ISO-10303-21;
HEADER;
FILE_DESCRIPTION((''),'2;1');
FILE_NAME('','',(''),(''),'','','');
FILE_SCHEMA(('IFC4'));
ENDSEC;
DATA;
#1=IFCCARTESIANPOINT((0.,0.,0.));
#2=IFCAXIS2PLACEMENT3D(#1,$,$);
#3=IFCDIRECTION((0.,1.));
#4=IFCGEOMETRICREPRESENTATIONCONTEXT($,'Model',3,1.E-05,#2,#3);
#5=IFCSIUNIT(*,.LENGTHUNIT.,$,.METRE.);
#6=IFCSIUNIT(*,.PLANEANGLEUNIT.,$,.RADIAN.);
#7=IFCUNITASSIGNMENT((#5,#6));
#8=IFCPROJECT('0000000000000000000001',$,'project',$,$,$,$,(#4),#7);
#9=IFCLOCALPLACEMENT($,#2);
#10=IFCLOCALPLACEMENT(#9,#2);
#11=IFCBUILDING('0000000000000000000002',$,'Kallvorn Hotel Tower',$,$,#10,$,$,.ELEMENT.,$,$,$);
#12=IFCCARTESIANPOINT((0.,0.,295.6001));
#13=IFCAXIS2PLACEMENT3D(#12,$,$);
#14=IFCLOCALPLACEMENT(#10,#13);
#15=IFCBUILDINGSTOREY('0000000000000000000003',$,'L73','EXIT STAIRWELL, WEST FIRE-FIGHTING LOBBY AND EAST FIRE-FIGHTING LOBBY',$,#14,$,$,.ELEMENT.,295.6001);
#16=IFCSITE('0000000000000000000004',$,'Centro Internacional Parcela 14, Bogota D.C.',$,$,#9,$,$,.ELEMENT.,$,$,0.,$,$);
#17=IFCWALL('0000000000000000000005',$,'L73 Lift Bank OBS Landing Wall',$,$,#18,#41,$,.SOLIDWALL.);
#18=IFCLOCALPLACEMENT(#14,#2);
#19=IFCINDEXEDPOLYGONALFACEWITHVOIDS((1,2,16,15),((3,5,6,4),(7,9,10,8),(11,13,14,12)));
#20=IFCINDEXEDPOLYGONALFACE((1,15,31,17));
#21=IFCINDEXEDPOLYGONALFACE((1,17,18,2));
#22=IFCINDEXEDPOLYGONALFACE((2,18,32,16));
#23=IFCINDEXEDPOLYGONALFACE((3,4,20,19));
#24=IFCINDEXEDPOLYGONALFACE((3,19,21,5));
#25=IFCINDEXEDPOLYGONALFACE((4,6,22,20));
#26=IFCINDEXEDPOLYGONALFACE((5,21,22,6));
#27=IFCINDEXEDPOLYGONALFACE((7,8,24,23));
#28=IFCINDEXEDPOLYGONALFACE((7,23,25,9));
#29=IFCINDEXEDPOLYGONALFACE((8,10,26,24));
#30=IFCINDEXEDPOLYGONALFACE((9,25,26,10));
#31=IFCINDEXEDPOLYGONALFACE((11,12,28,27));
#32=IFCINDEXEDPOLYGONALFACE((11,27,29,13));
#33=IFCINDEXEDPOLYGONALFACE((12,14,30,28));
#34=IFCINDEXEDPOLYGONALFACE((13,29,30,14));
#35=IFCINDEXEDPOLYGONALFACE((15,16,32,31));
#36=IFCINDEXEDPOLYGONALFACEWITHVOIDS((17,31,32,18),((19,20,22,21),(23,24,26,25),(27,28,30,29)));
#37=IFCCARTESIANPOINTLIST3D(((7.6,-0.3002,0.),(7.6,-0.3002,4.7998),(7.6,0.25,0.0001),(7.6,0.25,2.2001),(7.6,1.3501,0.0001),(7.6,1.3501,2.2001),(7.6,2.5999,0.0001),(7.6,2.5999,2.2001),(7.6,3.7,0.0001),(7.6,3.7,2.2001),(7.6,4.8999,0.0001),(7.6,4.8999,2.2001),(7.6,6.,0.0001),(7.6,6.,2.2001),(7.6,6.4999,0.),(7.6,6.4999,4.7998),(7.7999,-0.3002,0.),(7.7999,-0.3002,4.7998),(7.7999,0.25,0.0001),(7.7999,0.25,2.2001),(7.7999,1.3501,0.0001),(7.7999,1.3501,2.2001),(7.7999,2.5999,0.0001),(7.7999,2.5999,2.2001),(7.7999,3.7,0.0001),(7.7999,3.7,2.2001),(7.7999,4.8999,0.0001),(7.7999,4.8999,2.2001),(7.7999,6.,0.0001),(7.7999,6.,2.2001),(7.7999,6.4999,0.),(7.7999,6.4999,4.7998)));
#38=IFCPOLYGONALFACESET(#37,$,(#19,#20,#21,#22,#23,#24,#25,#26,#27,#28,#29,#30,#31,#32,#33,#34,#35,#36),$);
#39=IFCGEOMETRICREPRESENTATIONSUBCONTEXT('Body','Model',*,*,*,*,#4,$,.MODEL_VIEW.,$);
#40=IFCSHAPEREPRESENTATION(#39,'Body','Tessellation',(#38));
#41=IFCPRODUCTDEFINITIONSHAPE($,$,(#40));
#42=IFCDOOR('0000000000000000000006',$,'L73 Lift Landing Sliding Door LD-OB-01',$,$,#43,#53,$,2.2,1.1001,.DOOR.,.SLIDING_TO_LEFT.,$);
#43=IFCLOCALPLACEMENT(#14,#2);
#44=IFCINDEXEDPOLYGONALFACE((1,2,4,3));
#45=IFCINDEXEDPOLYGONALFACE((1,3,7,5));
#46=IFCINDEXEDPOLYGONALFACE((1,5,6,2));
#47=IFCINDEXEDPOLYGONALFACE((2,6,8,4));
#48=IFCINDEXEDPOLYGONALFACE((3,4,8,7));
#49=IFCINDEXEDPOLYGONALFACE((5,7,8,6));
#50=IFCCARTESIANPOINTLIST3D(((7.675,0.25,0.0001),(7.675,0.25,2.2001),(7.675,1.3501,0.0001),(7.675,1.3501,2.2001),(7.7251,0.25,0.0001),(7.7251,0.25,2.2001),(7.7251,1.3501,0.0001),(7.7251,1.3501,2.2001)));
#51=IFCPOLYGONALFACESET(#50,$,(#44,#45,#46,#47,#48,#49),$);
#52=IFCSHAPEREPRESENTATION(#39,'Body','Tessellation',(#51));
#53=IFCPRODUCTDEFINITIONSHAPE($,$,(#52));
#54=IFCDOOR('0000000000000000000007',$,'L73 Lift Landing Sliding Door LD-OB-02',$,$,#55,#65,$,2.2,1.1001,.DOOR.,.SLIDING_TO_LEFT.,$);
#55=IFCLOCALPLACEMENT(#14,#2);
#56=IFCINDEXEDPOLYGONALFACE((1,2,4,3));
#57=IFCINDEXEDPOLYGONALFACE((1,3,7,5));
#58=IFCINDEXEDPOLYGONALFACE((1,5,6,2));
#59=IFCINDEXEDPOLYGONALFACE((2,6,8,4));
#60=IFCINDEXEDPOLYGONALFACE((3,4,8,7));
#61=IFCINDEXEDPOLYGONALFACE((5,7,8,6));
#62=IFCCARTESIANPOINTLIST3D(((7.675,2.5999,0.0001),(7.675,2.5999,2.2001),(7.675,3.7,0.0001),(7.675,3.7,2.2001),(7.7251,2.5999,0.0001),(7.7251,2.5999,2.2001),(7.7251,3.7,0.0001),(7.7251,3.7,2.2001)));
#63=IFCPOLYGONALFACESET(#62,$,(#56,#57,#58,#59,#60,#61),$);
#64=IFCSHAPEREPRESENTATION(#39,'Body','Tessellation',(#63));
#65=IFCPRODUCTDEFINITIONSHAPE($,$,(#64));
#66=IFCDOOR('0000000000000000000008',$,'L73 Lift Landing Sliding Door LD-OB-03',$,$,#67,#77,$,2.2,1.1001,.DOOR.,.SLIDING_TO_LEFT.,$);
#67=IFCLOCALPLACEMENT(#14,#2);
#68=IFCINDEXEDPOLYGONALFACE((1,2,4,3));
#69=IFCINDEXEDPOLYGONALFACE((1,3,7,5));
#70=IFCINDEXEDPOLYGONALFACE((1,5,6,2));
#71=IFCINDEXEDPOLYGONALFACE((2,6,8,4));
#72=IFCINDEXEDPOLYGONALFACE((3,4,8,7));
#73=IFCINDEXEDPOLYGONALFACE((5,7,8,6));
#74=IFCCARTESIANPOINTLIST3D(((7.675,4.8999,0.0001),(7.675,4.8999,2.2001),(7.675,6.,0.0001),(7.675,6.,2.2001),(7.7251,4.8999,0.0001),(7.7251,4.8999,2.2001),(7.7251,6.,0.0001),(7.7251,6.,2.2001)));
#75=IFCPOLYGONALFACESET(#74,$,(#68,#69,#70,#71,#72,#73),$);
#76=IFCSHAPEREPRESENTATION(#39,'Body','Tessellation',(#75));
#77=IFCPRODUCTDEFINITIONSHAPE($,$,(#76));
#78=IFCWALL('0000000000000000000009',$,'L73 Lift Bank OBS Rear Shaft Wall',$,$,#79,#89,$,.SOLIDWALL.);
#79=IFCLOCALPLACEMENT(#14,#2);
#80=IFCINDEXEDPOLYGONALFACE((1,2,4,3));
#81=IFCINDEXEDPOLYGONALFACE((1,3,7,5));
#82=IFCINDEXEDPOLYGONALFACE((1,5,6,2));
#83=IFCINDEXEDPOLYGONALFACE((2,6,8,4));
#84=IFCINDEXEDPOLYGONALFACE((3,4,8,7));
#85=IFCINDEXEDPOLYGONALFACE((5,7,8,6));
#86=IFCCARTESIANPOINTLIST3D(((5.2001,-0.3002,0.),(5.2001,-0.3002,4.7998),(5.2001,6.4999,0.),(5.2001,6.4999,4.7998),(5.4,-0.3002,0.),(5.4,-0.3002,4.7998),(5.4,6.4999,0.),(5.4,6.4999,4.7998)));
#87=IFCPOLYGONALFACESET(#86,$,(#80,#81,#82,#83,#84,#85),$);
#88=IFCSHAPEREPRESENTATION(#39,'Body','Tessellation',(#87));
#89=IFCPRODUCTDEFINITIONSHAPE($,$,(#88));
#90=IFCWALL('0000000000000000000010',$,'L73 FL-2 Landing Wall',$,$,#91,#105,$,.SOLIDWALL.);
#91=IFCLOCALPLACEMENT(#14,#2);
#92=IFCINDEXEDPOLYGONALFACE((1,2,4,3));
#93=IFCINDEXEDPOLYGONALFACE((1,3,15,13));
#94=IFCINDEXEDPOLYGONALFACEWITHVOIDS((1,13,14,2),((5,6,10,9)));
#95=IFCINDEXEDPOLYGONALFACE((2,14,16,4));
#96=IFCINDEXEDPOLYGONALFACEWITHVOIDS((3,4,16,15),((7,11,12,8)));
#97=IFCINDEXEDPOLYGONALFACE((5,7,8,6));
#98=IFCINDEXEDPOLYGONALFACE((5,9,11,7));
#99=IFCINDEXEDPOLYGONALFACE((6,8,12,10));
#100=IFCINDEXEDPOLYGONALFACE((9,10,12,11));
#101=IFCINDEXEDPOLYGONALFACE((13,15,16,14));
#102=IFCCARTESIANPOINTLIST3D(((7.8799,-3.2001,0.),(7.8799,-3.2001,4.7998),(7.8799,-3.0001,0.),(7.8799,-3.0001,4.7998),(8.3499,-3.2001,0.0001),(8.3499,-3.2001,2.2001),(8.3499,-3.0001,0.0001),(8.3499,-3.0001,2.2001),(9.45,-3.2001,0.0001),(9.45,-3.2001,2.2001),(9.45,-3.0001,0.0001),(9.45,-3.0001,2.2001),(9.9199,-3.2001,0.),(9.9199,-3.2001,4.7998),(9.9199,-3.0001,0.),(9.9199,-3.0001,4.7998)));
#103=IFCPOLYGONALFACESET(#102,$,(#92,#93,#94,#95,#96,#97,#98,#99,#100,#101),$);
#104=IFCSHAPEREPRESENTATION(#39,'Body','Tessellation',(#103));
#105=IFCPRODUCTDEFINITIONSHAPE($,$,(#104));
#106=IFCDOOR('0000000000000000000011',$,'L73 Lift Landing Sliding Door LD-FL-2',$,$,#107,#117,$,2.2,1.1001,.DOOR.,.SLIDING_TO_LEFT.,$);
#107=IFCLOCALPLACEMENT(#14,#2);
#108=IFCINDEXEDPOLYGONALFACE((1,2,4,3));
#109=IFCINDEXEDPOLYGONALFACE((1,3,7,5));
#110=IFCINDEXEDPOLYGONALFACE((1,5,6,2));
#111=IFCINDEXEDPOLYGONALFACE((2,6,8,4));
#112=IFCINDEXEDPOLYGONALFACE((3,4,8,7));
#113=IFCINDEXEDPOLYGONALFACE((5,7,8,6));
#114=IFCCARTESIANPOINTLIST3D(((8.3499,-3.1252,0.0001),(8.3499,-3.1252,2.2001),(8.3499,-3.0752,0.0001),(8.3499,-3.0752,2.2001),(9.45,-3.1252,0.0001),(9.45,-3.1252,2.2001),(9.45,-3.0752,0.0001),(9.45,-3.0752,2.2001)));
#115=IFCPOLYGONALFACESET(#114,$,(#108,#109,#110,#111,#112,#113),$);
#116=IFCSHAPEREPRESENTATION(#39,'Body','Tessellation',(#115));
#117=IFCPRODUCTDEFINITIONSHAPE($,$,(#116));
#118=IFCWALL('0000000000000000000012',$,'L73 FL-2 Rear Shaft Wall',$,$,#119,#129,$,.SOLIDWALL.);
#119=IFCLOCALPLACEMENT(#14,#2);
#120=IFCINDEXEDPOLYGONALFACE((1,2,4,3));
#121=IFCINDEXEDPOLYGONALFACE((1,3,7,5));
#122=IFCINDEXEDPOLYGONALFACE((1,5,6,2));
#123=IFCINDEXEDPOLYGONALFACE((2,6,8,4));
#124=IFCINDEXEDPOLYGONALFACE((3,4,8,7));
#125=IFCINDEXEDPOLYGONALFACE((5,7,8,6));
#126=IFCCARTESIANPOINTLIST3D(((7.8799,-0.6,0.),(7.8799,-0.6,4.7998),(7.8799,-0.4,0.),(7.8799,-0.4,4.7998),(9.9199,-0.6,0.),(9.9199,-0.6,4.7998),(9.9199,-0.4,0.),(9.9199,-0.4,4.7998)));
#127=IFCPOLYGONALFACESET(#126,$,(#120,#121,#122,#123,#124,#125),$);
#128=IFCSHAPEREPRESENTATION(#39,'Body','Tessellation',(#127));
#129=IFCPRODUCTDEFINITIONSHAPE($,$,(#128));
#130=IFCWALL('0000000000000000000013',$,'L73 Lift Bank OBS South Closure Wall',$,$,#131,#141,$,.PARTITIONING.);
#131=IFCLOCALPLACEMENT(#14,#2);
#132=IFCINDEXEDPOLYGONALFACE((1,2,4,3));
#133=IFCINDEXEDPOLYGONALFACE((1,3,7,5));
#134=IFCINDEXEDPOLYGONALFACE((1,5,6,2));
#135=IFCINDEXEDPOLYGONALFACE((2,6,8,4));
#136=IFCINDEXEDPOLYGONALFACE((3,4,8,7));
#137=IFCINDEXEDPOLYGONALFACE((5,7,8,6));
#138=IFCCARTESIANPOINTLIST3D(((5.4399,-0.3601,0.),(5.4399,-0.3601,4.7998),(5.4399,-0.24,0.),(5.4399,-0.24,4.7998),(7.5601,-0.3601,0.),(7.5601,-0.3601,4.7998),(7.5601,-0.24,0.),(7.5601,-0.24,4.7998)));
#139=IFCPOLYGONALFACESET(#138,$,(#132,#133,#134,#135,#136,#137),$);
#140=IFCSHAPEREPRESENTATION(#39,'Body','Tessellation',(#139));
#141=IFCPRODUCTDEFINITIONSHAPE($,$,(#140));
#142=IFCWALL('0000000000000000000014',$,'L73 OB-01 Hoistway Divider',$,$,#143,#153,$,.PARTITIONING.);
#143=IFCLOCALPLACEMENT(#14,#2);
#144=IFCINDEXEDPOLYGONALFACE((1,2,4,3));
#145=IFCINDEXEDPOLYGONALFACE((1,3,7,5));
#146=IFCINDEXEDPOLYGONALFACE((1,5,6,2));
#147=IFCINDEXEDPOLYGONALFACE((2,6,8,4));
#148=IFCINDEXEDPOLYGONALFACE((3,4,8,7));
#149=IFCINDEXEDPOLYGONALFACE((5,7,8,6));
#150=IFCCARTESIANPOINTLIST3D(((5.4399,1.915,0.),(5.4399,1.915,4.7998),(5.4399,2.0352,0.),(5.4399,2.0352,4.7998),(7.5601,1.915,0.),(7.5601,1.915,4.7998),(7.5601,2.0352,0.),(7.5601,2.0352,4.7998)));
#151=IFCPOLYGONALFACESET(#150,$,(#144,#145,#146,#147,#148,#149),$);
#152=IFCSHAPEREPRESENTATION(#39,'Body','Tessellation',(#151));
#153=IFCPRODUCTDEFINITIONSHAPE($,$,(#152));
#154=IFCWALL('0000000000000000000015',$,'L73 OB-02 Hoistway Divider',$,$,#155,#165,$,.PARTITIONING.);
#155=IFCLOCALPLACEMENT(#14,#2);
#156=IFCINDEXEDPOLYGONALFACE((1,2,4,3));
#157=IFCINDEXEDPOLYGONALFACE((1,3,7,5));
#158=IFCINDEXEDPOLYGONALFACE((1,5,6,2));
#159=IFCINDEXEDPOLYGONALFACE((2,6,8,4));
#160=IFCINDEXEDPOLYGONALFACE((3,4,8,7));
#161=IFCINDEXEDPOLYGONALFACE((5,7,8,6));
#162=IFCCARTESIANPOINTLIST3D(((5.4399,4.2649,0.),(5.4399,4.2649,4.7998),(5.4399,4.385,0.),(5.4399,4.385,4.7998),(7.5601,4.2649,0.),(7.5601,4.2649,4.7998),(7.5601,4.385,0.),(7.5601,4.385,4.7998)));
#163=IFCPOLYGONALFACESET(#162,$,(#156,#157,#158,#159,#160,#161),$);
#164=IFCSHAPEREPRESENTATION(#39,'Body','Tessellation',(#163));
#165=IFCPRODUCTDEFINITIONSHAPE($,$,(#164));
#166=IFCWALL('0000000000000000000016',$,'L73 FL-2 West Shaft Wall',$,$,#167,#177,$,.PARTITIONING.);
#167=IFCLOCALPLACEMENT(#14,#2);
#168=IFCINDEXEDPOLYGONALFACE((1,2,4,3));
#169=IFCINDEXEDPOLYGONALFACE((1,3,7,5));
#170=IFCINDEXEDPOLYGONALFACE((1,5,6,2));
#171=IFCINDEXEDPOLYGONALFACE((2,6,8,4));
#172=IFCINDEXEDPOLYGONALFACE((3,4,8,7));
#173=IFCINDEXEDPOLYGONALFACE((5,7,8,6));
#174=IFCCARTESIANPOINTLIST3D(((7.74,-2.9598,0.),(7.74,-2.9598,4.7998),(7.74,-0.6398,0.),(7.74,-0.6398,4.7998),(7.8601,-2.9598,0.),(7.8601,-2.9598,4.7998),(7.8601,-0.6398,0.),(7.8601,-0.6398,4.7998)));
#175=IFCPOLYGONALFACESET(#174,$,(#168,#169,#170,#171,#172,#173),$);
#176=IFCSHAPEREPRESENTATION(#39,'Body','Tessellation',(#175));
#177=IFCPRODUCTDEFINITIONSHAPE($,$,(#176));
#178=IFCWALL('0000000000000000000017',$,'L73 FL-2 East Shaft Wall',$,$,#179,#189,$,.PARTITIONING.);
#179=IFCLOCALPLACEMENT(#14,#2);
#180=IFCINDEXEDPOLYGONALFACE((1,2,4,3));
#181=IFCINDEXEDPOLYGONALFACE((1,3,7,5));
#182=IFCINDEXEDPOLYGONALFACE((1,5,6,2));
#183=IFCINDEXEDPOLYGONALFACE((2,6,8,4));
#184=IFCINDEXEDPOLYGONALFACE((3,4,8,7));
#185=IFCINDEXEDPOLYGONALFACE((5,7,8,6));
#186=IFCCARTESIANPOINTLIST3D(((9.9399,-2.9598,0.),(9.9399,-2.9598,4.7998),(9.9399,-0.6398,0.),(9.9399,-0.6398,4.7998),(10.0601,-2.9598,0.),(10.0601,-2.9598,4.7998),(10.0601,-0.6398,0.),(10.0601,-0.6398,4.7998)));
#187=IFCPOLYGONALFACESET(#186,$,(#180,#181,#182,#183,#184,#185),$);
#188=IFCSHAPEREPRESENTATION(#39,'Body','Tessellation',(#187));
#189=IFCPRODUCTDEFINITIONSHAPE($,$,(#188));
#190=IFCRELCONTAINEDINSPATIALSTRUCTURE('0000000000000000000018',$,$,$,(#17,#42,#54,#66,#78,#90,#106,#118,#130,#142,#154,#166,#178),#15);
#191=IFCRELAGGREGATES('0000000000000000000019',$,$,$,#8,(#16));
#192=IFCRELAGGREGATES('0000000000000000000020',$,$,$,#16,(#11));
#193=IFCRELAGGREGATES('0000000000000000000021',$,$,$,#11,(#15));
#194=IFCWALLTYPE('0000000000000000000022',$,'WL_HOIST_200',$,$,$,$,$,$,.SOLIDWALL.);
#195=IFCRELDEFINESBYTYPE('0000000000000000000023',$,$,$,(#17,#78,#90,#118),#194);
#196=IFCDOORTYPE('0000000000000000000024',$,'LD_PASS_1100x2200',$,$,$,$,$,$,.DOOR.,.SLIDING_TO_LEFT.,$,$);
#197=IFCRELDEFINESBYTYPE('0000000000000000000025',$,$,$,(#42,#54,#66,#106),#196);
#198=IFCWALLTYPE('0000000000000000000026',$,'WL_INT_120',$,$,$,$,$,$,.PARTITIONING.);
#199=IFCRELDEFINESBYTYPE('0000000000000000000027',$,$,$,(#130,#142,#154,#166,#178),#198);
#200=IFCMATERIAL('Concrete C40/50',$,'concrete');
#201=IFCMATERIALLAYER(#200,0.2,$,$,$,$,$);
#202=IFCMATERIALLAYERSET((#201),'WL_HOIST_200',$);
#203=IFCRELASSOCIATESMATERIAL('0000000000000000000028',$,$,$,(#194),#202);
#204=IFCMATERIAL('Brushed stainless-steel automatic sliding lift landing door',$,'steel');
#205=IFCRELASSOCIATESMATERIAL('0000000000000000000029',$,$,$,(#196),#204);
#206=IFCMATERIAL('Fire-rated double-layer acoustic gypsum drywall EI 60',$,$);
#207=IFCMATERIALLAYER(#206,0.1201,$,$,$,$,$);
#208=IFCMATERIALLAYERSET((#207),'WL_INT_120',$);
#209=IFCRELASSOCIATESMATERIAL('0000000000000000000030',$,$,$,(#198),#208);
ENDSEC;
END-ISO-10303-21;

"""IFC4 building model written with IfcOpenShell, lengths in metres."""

from ifc_helpers import new_model, si_unit, direction, frame, frame_2d, origin, place, context, subcontext, project, spatial, rectangle, extrude, material, layer, layer_set, type_object, element, fill, save


model = new_model("IFC4")

# Units and contexts
model_context = context("Model", 3, precision=1e-05, world=origin(), true_north=direction((0.0, 1.0)))
body_context = subcontext(model_context, "Body", "Model", "MODEL_VIEW")
ifc_project = project(units=[si_unit("LENGTHUNIT", "METRE"), si_unit("PLANEANGLEUNIT", "RADIAN")], contexts=[model_context])

# Site, building, storey
site_placement = place(None, origin())
site = spatial("IfcSite", under=ifc_project, at=site_placement, Name="Centro Internacional Parcela 14, Bogota D.C.", CompositionType="ELEMENT", RefElevation=0.0)
building_placement = place(site_placement, origin())
building = spatial("IfcBuilding", under=site, at=building_placement, Name="Kallvorn Hotel Tower", CompositionType="ELEMENT")
storey_placement = place(building_placement, frame((0.0, 0.0, 295.6001)))
storey = spatial("IfcBuildingStorey", under=building, at=storey_placement, Name="L73", Description="EXIT STAIRWELL, WEST FIRE-FIGHTING LOBBY AND EAST FIRE-FIGHTING LOBBY", CompositionType="ELEMENT", Elevation=295.6001)

# Shared definitions
ifc_material_1 = material(Name="Concrete C40/50", Category="concrete")
ifc_layer_1 = layer(ifc_material_1, 0.2)
ifc_layer_set_1 = layer_set([ifc_layer_1], Name="WL_HOIST_200")
wall_type_1 = type_object("IfcWallType", Name="WL_HOIST_200", PredefinedType="SOLIDWALL", material=ifc_layer_set_1)

# Wall, openings, doors
wall_1_placement = place(storey_placement, frame((7.7, -0.3, 0.0), z_axis=(0.0, 0.0, 1.0), x_axis=(0.0, 1.0, 0.0)))
wall_1 = element("IfcWall", 1, at=wall_1_placement, inside=storey, type_object=wall_type_1, Name="L73 Lift Bank OBS Landing Wall", PredefinedType="SOLIDWALL", context=body_context, shape_type="SweptSolid", body=[
    extrude(rectangle(XDim=6.8, YDim=0.2, at=frame_2d((3.3999, 0.0))), origin(), (0.0, 0.0, 1.0), 4.7998),
])
opening_1_placement = place(wall_1_placement, frame((0.55, 0.0, 0.0)))
opening_1 = element("IfcOpeningElement", 2, at=opening_1_placement, cuts=wall_1, PredefinedType="OPENING", context=body_context, shape_type="SweptSolid", body=[
    extrude(rectangle(XDim=1.1001, YDim=2.2, at=frame_2d((0.55, 1.1001))), frame((0.0, 0.115, 0.0), z_axis=(0.0, -1.0, 0.0), x_axis=(1.0, 0.0, 0.0)), (0.0, 0.0, 1.0), 0.23),
])
opening_2_placement = place(wall_1_placement, frame((2.8999, 0.0, 0.0)))
opening_2 = element("IfcOpeningElement", 3, at=opening_2_placement, cuts=wall_1, PredefinedType="OPENING", context=body_context, shape_type="SweptSolid", body=[
    extrude(rectangle(XDim=1.1001, YDim=2.2, at=frame_2d((0.55, 1.1001))), frame((0.0, 0.115, 0.0), z_axis=(0.0, -1.0, 0.0), x_axis=(1.0, 0.0, 0.0)), (0.0, 0.0, 1.0), 0.23),
])
opening_3_placement = place(wall_1_placement, frame((5.2, 0.0, 0.0)))
opening_3 = element("IfcOpeningElement", 4, at=opening_3_placement, cuts=wall_1, PredefinedType="OPENING", context=body_context, shape_type="SweptSolid", body=[
    extrude(rectangle(XDim=1.1001, YDim=2.2, at=frame_2d((0.55, 1.1001))), frame((0.0, 0.115, 0.0), z_axis=(0.0, -1.0, 0.0), x_axis=(1.0, 0.0, 0.0)), (0.0, 0.0, 1.0), 0.23),
])
ifc_material_2 = material(Name="Brushed stainless-steel automatic sliding lift landing door", Category="steel")
door_type = type_object("IfcDoorType", Name="LD_PASS_1100x2200", OperationType="SLIDING_TO_LEFT", PredefinedType="DOOR", material=ifc_material_2)
door_1_placement = place(opening_1_placement, origin())
door_1 = element("IfcDoor", 5, at=door_1_placement, inside=storey, type_object=door_type, Name="L73 Lift Landing Sliding Door LD-OB-01", OperationType="SLIDING_TO_LEFT", OverallHeight=2.2, OverallWidth=1.1001, PredefinedType="DOOR", context=body_context, shape_type="SweptSolid", body=[
    extrude(rectangle(XDim=1.1001, YDim=2.2, at=frame_2d((0.55, 1.1001))), frame((0.0, 0.0249, 0.0), z_axis=(0.0, -1.0, 0.0), x_axis=(1.0, 0.0, 0.0)), (0.0, 0.0, 1.0), 0.05),
])
fill(opening_1, door_1)
door_2_placement = place(opening_2_placement, origin())
door_2 = element("IfcDoor", 6, at=door_2_placement, inside=storey, type_object=door_type, Name="L73 Lift Landing Sliding Door LD-OB-02", OperationType="SLIDING_TO_LEFT", OverallHeight=2.2, OverallWidth=1.1001, PredefinedType="DOOR", context=body_context, shape_type="SweptSolid", body=[
    extrude(rectangle(XDim=1.1001, YDim=2.2, at=frame_2d((0.55, 1.1001))), frame((0.0, 0.0249, 0.0), z_axis=(0.0, -1.0, 0.0), x_axis=(1.0, 0.0, 0.0)), (0.0, 0.0, 1.0), 0.05),
])
fill(opening_2, door_2)
door_3_placement = place(opening_3_placement, origin())
door_3 = element("IfcDoor", 7, at=door_3_placement, inside=storey, type_object=door_type, Name="L73 Lift Landing Sliding Door LD-OB-03", OperationType="SLIDING_TO_LEFT", OverallHeight=2.2, OverallWidth=1.1001, PredefinedType="DOOR", context=body_context, shape_type="SweptSolid", body=[
    extrude(rectangle(XDim=1.1001, YDim=2.2, at=frame_2d((0.55, 1.1001))), frame((0.0, 0.0249, 0.0), z_axis=(0.0, -1.0, 0.0), x_axis=(1.0, 0.0, 0.0)), (0.0, 0.0, 1.0), 0.05),
])
fill(opening_3, door_3)

# Wall
wall_2_placement = place(storey_placement, frame((5.3, -0.3, 0.0), z_axis=(0.0, 0.0, 1.0), x_axis=(0.0, 1.0, 0.0)))
element("IfcWall", 8, at=wall_2_placement, inside=storey, type_object=wall_type_1, Name="L73 Lift Bank OBS Rear Shaft Wall", PredefinedType="SOLIDWALL", context=body_context, shape_type="SweptSolid", body=[
    extrude(rectangle(XDim=6.8, YDim=0.2, at=frame_2d((3.3999, 0.0))), origin(), (0.0, 0.0, 1.0), 4.7998),
])

# Wall, opening, door
wall_3_placement = place(storey_placement, frame((7.8799, -3.1001, 0.0), z_axis=(0.0, 0.0, 1.0), x_axis=(1.0, 0.0, 0.0)))
wall_3 = element("IfcWall", 9, at=wall_3_placement, inside=storey, type_object=wall_type_1, Name="L73 FL-2 Landing Wall", PredefinedType="SOLIDWALL", context=body_context, shape_type="SweptSolid", body=[
    extrude(rectangle(XDim=2.04, YDim=0.2, at=frame_2d((1.02, 0.0))), origin(), (0.0, 0.0, 1.0), 4.7998),
])
opening_4_placement = place(wall_3_placement, frame((0.47, 0.0, 0.0)))
opening_4 = element("IfcOpeningElement", 10, at=opening_4_placement, cuts=wall_3, PredefinedType="OPENING", context=body_context, shape_type="SweptSolid", body=[
    extrude(rectangle(XDim=1.1001, YDim=2.2, at=frame_2d((0.55, 1.1001))), frame((0.0, 0.115, 0.0), z_axis=(0.0, -1.0, 0.0), x_axis=(1.0, 0.0, 0.0)), (0.0, 0.0, 1.0), 0.23),
])
door_4_placement = place(opening_4_placement, origin())
door_4 = element("IfcDoor", 11, at=door_4_placement, inside=storey, type_object=door_type, Name="L73 Lift Landing Sliding Door LD-FL-2", OperationType="SLIDING_TO_LEFT", OverallHeight=2.2, OverallWidth=1.1001, PredefinedType="DOOR", context=body_context, shape_type="SweptSolid", body=[
    extrude(rectangle(XDim=1.1001, YDim=2.2, at=frame_2d((0.55, 1.1001))), frame((0.0, 0.0249, 0.0), z_axis=(0.0, -1.0, 0.0), x_axis=(1.0, 0.0, 0.0)), (0.0, 0.0, 1.0), 0.05),
])
fill(opening_4, door_4)

# Walls
wall_4_placement = place(storey_placement, frame((7.8799, -0.5, 0.0), z_axis=(0.0, 0.0, 1.0), x_axis=(1.0, 0.0, 0.0)))
element("IfcWall", 12, at=wall_4_placement, inside=storey, type_object=wall_type_1, Name="L73 FL-2 Rear Shaft Wall", PredefinedType="SOLIDWALL", context=body_context, shape_type="SweptSolid", body=[
    extrude(rectangle(XDim=2.04, YDim=0.2, at=frame_2d((1.02, 0.0))), origin(), (0.0, 0.0, 1.0), 4.7998),
])
ifc_material_3 = material(Name="Fire-rated double-layer acoustic gypsum drywall EI 60")
ifc_layer_2 = layer(ifc_material_3, 0.1201)
ifc_layer_set_2 = layer_set([ifc_layer_2], Name="WL_INT_120")
wall_type_2 = type_object("IfcWallType", Name="WL_INT_120", PredefinedType="PARTITIONING", material=ifc_layer_set_2)
for number, where, z_axis, x_axis, name in (
    (13, (5.4399, -0.3, 0.0), (0.0, 0.0, 1.0), (1.0, 0.0, 0.0), "L73 Lift Bank OBS South Closure Wall"),
    (14, (5.4399, 1.9751, 0.0), (0.0, 0.0, 1.0), (1.0, 0.0, 0.0), "L73 OB-01 Hoistway Divider"),
    (15, (5.4399, 4.325, 0.0), (0.0, 0.0, 1.0), (1.0, 0.0, 0.0), "L73 OB-02 Hoistway Divider"),
):
    element("IfcWall", number, at=place(storey_placement, frame(where, z_axis=z_axis, x_axis=x_axis)), inside=storey, type_object=wall_type_2, Name=name, PredefinedType="PARTITIONING", context=body_context, shape_type="SweptSolid", body=[
        extrude(rectangle(XDim=2.1201, YDim=0.1201, at=frame_2d((1.0601, 0.0))), origin(), (0.0, 0.0, 1.0), 4.7998),
    ])
for number, where, z_axis, x_axis, name in (
    (16, (7.8, -2.96, 0.0), (0.0, 0.0, 1.0), (0.0, 1.0, 0.0), "L73 FL-2 West Shaft Wall"),
    (17, (10.0, -2.96, 0.0), (0.0, 0.0, 1.0), (0.0, 1.0, 0.0), "L73 FL-2 East Shaft Wall"),
):
    element("IfcWall", number, at=place(storey_placement, frame(where, z_axis=z_axis, x_axis=x_axis)), inside=storey, type_object=wall_type_2, Name=name, PredefinedType="PARTITIONING", context=body_context, shape_type="SweptSolid", body=[
        extrude(rectangle(XDim=2.3201, YDim=0.1201, at=frame_2d((1.1602, 0.0))), origin(), (0.0, 0.0, 1.0), 4.7998),
    ])

save(model, "model.ifc")
